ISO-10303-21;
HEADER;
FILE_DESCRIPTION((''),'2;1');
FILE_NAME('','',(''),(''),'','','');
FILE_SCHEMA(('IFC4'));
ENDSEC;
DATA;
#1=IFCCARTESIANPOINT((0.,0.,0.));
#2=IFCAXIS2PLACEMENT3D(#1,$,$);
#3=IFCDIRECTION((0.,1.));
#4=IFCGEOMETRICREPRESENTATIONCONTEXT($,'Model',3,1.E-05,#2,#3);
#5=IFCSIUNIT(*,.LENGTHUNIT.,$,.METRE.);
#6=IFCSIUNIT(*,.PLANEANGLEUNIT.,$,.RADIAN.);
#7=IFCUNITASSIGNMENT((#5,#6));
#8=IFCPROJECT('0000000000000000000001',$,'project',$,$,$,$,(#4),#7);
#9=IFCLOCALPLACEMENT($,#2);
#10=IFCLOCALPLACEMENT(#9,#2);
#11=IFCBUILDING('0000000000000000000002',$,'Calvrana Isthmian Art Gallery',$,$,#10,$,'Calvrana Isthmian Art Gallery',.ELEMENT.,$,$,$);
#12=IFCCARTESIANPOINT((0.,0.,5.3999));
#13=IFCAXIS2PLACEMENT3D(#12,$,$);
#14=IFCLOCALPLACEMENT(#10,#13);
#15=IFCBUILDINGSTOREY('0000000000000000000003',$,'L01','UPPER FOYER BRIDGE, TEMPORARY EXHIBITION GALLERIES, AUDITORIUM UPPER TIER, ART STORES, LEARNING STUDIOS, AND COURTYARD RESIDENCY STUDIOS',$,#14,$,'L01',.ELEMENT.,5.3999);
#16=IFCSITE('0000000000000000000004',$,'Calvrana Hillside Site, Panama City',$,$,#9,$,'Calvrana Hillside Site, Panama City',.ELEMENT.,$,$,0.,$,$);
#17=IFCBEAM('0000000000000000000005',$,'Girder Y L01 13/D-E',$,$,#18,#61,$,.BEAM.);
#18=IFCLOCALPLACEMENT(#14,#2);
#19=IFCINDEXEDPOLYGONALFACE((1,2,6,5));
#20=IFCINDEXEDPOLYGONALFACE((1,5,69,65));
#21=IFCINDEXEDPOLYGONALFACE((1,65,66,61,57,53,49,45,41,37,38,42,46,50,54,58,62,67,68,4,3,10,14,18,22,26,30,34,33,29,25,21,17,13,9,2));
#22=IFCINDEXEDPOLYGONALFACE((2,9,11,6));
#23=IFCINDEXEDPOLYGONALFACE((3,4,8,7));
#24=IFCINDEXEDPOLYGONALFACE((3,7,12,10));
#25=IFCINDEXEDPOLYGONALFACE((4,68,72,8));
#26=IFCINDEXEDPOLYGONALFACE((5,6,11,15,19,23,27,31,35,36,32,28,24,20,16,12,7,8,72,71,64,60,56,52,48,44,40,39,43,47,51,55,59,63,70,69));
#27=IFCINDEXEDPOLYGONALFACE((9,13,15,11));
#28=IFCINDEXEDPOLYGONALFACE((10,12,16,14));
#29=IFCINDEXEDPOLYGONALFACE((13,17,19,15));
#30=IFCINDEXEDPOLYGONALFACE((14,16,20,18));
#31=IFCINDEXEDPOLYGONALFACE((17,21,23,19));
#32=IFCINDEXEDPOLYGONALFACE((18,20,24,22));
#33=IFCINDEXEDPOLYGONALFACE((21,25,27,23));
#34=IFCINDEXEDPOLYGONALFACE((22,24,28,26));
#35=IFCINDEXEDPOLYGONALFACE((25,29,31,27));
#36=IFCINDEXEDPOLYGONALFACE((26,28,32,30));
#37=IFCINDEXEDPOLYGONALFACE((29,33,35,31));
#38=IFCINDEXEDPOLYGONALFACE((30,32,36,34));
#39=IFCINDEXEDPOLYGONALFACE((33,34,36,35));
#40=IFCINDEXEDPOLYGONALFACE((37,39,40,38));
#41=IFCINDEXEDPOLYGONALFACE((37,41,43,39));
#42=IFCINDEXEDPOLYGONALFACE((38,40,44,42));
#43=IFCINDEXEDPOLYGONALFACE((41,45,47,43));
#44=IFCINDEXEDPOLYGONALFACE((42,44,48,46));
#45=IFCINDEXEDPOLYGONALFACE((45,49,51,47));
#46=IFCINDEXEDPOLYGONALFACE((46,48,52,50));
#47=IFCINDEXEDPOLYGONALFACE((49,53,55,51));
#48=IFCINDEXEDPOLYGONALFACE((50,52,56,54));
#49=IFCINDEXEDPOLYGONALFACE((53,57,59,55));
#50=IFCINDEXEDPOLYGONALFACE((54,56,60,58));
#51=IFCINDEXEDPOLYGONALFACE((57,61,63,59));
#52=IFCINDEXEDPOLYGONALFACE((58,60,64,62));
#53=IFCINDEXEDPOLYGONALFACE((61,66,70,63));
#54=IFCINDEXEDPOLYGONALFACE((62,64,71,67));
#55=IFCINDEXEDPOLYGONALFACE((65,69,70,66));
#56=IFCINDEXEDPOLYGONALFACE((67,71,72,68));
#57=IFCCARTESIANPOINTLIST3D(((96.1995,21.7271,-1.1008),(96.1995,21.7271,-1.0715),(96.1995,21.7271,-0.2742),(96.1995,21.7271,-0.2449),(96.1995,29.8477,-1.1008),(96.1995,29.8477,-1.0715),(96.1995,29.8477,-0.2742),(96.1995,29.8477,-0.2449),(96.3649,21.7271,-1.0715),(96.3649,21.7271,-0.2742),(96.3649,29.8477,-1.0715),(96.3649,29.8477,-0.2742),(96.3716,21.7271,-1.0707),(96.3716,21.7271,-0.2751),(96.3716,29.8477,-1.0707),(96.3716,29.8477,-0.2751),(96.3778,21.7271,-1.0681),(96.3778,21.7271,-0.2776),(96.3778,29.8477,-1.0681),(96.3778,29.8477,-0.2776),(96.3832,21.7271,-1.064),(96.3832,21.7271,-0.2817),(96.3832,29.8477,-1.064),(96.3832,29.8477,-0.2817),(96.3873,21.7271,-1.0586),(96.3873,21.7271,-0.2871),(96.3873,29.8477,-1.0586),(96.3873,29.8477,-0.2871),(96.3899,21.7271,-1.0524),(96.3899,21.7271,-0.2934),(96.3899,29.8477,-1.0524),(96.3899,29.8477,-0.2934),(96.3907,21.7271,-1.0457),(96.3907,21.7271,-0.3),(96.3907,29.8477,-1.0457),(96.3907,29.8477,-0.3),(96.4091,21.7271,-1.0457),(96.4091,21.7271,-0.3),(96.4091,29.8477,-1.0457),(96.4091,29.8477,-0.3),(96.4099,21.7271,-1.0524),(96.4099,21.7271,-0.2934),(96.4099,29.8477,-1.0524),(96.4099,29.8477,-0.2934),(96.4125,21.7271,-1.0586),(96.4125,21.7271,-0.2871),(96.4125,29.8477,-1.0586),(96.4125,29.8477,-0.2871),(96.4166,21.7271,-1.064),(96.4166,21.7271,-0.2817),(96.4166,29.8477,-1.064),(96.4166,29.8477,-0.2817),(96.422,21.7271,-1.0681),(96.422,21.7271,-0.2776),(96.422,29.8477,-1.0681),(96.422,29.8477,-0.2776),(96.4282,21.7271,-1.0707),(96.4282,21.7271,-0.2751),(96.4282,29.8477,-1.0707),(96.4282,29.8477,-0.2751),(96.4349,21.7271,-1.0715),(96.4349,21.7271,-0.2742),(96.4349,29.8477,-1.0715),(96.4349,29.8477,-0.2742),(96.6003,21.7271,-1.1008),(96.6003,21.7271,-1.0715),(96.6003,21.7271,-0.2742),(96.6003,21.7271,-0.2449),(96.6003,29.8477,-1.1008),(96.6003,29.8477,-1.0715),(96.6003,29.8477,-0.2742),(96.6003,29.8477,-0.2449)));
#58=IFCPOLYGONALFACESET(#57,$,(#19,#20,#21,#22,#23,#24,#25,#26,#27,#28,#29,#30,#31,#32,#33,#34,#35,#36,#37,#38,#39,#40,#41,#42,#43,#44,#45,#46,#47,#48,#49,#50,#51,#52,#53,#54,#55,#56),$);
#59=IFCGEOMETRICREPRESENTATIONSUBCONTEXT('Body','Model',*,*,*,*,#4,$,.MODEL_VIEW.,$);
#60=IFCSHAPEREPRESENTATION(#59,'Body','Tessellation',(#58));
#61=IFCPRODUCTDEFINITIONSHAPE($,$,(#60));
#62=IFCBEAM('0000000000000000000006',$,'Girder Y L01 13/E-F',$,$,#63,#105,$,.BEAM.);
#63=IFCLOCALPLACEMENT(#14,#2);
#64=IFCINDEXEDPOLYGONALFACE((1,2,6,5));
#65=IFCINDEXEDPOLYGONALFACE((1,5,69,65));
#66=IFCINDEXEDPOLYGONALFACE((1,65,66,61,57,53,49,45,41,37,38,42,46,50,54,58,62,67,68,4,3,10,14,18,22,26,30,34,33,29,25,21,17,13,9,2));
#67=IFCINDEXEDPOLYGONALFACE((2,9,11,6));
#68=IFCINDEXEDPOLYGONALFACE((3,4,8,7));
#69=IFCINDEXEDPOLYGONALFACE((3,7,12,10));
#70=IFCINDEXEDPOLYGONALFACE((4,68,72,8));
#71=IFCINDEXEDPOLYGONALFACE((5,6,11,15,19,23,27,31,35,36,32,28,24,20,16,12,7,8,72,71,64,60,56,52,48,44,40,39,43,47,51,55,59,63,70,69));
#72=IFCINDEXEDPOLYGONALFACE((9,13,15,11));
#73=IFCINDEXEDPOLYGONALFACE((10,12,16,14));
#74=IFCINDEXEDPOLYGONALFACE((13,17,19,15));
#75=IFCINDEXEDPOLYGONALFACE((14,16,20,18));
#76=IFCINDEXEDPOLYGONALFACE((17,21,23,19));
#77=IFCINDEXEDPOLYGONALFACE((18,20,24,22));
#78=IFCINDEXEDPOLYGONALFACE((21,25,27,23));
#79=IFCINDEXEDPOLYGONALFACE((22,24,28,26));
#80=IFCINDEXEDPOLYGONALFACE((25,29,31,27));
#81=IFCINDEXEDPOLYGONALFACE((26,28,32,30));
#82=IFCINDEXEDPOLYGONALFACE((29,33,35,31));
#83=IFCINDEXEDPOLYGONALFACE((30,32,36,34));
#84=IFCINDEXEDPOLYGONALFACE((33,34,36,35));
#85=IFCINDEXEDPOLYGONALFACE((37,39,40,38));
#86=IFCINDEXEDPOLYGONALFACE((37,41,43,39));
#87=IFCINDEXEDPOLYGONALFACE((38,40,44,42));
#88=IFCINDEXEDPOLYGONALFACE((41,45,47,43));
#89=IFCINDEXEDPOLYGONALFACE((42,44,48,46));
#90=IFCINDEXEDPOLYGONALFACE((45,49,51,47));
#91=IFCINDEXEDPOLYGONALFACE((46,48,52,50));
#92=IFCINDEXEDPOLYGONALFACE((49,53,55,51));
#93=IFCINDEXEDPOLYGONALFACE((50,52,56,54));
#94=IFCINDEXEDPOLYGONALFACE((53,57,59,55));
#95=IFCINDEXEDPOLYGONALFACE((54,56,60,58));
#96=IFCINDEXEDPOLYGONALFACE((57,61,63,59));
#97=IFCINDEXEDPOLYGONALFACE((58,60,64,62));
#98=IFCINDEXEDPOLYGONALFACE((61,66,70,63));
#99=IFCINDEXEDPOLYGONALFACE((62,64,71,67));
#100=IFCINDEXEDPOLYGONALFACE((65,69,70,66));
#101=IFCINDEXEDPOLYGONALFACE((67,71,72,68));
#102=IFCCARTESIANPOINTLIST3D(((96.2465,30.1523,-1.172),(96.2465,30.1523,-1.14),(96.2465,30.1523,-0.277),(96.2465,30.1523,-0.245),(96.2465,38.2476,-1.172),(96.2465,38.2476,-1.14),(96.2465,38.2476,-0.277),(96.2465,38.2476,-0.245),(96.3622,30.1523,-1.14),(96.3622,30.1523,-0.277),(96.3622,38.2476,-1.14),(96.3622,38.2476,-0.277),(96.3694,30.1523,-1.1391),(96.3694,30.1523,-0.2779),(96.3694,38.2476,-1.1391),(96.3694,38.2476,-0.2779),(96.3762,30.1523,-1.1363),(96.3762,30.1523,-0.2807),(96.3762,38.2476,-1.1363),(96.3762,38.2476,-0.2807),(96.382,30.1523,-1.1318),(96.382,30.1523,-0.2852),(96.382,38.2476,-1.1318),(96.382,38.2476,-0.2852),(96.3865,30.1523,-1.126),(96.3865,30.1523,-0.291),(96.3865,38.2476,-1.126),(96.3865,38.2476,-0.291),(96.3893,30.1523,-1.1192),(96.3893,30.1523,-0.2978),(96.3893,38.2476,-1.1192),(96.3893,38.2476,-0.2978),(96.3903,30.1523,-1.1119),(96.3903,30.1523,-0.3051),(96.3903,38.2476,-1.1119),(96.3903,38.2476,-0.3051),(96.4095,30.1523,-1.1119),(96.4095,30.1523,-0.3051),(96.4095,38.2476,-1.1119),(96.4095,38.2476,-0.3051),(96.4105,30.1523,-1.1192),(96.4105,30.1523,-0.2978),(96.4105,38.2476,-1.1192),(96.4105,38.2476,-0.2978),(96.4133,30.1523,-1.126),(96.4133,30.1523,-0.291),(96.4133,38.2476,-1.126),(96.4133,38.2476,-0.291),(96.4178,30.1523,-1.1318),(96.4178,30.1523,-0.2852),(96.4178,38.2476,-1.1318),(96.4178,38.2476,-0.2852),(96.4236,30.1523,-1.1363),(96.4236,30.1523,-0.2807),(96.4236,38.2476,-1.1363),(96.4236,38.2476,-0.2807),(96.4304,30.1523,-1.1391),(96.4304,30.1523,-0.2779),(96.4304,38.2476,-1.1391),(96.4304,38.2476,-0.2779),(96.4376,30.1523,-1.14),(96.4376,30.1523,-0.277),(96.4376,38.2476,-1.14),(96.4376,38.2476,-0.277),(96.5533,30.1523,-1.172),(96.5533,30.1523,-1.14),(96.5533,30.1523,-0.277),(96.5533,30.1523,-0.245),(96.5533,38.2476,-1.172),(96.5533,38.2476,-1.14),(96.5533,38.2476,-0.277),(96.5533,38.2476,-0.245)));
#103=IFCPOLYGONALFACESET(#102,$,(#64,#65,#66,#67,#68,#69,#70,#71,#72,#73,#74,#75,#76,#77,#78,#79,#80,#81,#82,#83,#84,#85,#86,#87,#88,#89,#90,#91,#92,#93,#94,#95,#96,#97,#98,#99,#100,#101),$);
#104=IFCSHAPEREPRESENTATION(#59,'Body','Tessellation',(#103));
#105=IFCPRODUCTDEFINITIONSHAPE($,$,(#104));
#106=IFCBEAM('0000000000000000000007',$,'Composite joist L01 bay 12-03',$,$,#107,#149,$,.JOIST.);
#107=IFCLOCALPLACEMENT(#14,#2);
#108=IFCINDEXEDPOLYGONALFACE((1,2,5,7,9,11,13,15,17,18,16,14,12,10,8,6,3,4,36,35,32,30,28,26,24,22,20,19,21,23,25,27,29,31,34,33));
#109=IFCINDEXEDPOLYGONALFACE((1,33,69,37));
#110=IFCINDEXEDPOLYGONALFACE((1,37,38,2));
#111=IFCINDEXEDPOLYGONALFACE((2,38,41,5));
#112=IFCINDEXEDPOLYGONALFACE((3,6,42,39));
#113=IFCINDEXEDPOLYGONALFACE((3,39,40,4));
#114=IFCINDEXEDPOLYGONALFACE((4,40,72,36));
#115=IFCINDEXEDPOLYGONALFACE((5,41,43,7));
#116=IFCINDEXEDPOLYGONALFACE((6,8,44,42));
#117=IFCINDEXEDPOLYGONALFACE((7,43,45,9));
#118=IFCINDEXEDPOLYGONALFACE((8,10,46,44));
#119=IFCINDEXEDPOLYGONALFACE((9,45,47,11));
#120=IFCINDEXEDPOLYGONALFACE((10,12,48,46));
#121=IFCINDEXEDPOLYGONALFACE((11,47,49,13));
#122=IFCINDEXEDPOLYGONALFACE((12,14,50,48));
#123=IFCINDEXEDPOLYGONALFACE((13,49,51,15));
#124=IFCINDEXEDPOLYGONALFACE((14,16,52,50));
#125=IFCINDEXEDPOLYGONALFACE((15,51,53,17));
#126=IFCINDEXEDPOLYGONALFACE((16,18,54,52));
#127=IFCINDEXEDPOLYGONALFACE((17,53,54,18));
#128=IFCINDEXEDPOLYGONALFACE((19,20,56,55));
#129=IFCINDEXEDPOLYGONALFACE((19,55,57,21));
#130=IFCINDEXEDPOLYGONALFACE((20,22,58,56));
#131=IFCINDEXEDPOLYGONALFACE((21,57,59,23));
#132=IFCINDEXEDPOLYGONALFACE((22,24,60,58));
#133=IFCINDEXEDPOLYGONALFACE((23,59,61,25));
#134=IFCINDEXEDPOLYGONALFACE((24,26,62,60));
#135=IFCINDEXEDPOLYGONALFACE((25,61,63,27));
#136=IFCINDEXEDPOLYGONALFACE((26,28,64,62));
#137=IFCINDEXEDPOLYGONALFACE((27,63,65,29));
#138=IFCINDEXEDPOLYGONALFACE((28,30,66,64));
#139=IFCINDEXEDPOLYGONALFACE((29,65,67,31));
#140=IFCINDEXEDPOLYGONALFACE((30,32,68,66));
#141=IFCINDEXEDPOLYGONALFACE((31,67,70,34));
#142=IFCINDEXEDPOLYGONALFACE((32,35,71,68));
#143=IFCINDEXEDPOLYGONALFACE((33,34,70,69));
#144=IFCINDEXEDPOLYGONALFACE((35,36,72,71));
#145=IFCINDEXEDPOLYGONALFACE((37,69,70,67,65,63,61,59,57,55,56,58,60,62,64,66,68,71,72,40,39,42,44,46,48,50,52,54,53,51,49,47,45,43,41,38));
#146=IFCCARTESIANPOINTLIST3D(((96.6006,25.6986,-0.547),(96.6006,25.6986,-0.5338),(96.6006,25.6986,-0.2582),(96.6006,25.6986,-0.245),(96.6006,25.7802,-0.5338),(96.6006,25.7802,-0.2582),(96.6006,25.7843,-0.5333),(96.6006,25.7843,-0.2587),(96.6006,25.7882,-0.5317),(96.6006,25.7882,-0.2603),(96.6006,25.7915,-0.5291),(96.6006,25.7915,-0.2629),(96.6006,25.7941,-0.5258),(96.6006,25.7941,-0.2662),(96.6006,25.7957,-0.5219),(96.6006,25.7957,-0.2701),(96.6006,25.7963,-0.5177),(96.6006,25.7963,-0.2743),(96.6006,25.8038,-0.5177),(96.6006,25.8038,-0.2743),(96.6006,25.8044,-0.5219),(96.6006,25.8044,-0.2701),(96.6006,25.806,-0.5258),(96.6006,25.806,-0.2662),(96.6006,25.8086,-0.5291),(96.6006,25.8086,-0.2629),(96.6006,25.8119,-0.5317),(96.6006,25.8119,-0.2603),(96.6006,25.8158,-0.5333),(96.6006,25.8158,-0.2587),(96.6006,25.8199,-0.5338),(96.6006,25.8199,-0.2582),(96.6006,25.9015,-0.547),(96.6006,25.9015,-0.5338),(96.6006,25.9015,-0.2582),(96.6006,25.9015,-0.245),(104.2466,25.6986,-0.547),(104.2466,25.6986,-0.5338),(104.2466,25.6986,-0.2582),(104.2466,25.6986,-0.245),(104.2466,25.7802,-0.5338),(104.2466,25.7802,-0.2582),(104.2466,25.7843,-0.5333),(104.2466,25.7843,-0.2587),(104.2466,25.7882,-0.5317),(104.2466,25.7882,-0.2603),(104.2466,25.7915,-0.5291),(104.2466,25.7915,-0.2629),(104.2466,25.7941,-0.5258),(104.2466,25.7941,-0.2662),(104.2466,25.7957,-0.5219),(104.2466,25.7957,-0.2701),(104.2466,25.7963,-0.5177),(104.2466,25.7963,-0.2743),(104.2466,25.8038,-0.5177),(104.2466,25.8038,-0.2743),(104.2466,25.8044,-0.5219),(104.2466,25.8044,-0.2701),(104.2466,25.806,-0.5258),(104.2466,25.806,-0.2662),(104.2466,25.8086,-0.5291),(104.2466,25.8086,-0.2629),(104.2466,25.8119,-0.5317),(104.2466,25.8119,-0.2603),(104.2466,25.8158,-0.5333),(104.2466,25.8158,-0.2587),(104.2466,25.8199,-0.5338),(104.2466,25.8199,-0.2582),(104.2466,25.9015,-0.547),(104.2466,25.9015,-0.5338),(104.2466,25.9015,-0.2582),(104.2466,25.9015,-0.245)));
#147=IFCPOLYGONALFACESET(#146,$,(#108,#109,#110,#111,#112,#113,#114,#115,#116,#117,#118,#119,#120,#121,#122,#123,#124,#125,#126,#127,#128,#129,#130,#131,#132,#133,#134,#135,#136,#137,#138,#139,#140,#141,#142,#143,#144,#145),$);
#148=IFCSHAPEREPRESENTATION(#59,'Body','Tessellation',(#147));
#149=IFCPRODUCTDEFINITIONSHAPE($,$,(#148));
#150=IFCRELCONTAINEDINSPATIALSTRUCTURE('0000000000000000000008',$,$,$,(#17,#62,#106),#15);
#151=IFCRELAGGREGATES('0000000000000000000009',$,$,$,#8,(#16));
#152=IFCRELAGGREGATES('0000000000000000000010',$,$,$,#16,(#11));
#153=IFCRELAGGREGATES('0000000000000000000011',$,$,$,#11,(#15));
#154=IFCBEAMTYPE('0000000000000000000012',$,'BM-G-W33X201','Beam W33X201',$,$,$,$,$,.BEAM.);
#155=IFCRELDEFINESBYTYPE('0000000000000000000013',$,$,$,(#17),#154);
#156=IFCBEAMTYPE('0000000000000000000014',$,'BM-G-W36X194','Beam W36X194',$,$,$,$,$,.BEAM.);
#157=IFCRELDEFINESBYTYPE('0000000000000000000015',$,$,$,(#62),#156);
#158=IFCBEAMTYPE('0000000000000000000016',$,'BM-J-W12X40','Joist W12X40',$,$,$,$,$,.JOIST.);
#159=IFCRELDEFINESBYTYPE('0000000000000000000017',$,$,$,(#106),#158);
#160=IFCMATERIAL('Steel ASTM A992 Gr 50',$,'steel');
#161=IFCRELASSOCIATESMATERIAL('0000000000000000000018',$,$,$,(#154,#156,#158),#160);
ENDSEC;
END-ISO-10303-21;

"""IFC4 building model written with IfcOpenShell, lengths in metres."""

from ifc_helpers import new_model, si_unit, direction, frame, origin, origin_2d, place, context, subcontext, project, spatial, i_section, extrude, material, material_profile, profile_set, type_object, element, save


model = new_model("IFC4")

# Units and contexts
model_context = context("Model", 3, precision=1e-05, world=origin(), true_north=direction((0.0, 1.0)))
body_context = subcontext(model_context, "Body", "Model", "MODEL_VIEW")
ifc_project = project(units=[si_unit("LENGTHUNIT", "METRE"), si_unit("PLANEANGLEUNIT", "RADIAN")], contexts=[model_context])

# Site, building, storey
site_placement = place(None, origin())
site = spatial("IfcSite", under=ifc_project, at=site_placement, Name="Calvrana Hillside Site, Panama City", LongName="Calvrana Hillside Site, Panama City", CompositionType="ELEMENT", RefElevation=0.0)
building_placement = place(site_placement, origin())
building = spatial("IfcBuilding", under=site, at=building_placement, Name="Calvrana Isthmian Art Gallery", LongName="Calvrana Isthmian Art Gallery", CompositionType="ELEMENT")
storey_placement = place(building_placement, frame((0.0, 0.0, 5.3999)))
storey = spatial("IfcBuildingStorey", under=building, at=storey_placement, Name="L01", Description="UPPER FOYER BRIDGE, TEMPORARY EXHIBITION GALLERIES, AUDITORIUM UPPER TIER, ART STORES, LEARNING STUDIOS, AND COURTYARD RESIDENCY STUDIOS", LongName="L01", CompositionType="ELEMENT", Elevation=5.3999)

# Beams
ifc_material_1 = material(Name="Steel ASTM A992 Gr 50", Category="steel")
ifc_material_profile_1 = material_profile(ifc_material_1, i_section(OverallWidth=0.4009, OverallDepth=0.856, WebThickness=0.0183, FlangeThickness=0.0293, FilletRadius=0.0259, at=origin_2d()), Name="W33X201")
ifc_profile_set_1 = profile_set([ifc_material_profile_1], Name="Steel ASTM A992 Gr 50")
beam_type_1 = type_object("IfcBeamType", Name="BM-G-W33X201", Description="Beam W33X201", PredefinedType="BEAM", material=ifc_profile_set_1)
beam_1_placement = place(storey_placement, frame((96.3999, 21.7271, -0.6729), z_axis=(0.0, 1.0, 0.0), x_axis=(-1.0, 0.0, 0.0)))
element("IfcBeam", 1, at=beam_1_placement, inside=storey, type_object=beam_type_1, Name="Girder Y L01 13/D-E", PredefinedType="BEAM", context=body_context, shape_type="SweptSolid", body=[
    extrude(i_section(OverallWidth=0.4009, OverallDepth=0.856, WebThickness=0.0183, FlangeThickness=0.0293, FilletRadius=0.0259, at=origin_2d()), origin(), (0.0, 0.0, 1.0), 8.1206),
])
ifc_material_profile_2 = material_profile(ifc_material_1, i_section(OverallWidth=0.3069, OverallDepth=0.927, WebThickness=0.0193, FlangeThickness=0.032, FilletRadius=0.0281, at=origin_2d()), Name="W36X194")
ifc_profile_set_2 = profile_set([ifc_material_profile_2], Name="Steel ASTM A992 Gr 50")
beam_type_2 = type_object("IfcBeamType", Name="BM-G-W36X194", Description="Beam W36X194", PredefinedType="BEAM", material=ifc_profile_set_2)
beam_2_placement = place(storey_placement, frame((96.3999, 30.1523, -0.7085), z_axis=(0.0, 1.0, 0.0), x_axis=(-1.0, 0.0, 0.0)))
element("IfcBeam", 2, at=beam_2_placement, inside=storey, type_object=beam_type_2, Name="Girder Y L01 13/E-F", PredefinedType="BEAM", context=body_context, shape_type="SweptSolid", body=[
    extrude(i_section(OverallWidth=0.3069, OverallDepth=0.927, WebThickness=0.0193, FlangeThickness=0.032, FilletRadius=0.0281, at=origin_2d()), origin(), (0.0, 0.0, 1.0), 8.0952),
])
ifc_material_profile_3 = material_profile(ifc_material_1, i_section(OverallWidth=0.2029, OverallDepth=0.302, WebThickness=0.0076, FlangeThickness=0.0132, FilletRadius=0.0161, at=origin_2d()), Name="W12X40")
ifc_profile_set_3 = profile_set([ifc_material_profile_3], Name="Steel ASTM A992 Gr 50")
beam_type_3 = type_object("IfcBeamType", Name="BM-J-W12X40", Description="Joist W12X40", PredefinedType="JOIST", material=ifc_profile_set_3)
beam_3_placement = place(storey_placement, frame((96.6006, 25.8, -0.396), z_axis=(1.0, 0.0, 0.0), x_axis=(0.0, 1.0, 0.0)))
element("IfcBeam", 3, at=beam_3_placement, inside=storey, type_object=beam_type_3, Name="Composite joist L01 bay 12-03", PredefinedType="JOIST", context=body_context, shape_type="SweptSolid", body=[
    extrude(i_section(OverallWidth=0.2029, OverallDepth=0.302, WebThickness=0.0076, FlangeThickness=0.0132, FilletRadius=0.0161, at=origin_2d()), origin(), (0.0, 0.0, 1.0), 7.646),
])

save(model, "model.ifc")
